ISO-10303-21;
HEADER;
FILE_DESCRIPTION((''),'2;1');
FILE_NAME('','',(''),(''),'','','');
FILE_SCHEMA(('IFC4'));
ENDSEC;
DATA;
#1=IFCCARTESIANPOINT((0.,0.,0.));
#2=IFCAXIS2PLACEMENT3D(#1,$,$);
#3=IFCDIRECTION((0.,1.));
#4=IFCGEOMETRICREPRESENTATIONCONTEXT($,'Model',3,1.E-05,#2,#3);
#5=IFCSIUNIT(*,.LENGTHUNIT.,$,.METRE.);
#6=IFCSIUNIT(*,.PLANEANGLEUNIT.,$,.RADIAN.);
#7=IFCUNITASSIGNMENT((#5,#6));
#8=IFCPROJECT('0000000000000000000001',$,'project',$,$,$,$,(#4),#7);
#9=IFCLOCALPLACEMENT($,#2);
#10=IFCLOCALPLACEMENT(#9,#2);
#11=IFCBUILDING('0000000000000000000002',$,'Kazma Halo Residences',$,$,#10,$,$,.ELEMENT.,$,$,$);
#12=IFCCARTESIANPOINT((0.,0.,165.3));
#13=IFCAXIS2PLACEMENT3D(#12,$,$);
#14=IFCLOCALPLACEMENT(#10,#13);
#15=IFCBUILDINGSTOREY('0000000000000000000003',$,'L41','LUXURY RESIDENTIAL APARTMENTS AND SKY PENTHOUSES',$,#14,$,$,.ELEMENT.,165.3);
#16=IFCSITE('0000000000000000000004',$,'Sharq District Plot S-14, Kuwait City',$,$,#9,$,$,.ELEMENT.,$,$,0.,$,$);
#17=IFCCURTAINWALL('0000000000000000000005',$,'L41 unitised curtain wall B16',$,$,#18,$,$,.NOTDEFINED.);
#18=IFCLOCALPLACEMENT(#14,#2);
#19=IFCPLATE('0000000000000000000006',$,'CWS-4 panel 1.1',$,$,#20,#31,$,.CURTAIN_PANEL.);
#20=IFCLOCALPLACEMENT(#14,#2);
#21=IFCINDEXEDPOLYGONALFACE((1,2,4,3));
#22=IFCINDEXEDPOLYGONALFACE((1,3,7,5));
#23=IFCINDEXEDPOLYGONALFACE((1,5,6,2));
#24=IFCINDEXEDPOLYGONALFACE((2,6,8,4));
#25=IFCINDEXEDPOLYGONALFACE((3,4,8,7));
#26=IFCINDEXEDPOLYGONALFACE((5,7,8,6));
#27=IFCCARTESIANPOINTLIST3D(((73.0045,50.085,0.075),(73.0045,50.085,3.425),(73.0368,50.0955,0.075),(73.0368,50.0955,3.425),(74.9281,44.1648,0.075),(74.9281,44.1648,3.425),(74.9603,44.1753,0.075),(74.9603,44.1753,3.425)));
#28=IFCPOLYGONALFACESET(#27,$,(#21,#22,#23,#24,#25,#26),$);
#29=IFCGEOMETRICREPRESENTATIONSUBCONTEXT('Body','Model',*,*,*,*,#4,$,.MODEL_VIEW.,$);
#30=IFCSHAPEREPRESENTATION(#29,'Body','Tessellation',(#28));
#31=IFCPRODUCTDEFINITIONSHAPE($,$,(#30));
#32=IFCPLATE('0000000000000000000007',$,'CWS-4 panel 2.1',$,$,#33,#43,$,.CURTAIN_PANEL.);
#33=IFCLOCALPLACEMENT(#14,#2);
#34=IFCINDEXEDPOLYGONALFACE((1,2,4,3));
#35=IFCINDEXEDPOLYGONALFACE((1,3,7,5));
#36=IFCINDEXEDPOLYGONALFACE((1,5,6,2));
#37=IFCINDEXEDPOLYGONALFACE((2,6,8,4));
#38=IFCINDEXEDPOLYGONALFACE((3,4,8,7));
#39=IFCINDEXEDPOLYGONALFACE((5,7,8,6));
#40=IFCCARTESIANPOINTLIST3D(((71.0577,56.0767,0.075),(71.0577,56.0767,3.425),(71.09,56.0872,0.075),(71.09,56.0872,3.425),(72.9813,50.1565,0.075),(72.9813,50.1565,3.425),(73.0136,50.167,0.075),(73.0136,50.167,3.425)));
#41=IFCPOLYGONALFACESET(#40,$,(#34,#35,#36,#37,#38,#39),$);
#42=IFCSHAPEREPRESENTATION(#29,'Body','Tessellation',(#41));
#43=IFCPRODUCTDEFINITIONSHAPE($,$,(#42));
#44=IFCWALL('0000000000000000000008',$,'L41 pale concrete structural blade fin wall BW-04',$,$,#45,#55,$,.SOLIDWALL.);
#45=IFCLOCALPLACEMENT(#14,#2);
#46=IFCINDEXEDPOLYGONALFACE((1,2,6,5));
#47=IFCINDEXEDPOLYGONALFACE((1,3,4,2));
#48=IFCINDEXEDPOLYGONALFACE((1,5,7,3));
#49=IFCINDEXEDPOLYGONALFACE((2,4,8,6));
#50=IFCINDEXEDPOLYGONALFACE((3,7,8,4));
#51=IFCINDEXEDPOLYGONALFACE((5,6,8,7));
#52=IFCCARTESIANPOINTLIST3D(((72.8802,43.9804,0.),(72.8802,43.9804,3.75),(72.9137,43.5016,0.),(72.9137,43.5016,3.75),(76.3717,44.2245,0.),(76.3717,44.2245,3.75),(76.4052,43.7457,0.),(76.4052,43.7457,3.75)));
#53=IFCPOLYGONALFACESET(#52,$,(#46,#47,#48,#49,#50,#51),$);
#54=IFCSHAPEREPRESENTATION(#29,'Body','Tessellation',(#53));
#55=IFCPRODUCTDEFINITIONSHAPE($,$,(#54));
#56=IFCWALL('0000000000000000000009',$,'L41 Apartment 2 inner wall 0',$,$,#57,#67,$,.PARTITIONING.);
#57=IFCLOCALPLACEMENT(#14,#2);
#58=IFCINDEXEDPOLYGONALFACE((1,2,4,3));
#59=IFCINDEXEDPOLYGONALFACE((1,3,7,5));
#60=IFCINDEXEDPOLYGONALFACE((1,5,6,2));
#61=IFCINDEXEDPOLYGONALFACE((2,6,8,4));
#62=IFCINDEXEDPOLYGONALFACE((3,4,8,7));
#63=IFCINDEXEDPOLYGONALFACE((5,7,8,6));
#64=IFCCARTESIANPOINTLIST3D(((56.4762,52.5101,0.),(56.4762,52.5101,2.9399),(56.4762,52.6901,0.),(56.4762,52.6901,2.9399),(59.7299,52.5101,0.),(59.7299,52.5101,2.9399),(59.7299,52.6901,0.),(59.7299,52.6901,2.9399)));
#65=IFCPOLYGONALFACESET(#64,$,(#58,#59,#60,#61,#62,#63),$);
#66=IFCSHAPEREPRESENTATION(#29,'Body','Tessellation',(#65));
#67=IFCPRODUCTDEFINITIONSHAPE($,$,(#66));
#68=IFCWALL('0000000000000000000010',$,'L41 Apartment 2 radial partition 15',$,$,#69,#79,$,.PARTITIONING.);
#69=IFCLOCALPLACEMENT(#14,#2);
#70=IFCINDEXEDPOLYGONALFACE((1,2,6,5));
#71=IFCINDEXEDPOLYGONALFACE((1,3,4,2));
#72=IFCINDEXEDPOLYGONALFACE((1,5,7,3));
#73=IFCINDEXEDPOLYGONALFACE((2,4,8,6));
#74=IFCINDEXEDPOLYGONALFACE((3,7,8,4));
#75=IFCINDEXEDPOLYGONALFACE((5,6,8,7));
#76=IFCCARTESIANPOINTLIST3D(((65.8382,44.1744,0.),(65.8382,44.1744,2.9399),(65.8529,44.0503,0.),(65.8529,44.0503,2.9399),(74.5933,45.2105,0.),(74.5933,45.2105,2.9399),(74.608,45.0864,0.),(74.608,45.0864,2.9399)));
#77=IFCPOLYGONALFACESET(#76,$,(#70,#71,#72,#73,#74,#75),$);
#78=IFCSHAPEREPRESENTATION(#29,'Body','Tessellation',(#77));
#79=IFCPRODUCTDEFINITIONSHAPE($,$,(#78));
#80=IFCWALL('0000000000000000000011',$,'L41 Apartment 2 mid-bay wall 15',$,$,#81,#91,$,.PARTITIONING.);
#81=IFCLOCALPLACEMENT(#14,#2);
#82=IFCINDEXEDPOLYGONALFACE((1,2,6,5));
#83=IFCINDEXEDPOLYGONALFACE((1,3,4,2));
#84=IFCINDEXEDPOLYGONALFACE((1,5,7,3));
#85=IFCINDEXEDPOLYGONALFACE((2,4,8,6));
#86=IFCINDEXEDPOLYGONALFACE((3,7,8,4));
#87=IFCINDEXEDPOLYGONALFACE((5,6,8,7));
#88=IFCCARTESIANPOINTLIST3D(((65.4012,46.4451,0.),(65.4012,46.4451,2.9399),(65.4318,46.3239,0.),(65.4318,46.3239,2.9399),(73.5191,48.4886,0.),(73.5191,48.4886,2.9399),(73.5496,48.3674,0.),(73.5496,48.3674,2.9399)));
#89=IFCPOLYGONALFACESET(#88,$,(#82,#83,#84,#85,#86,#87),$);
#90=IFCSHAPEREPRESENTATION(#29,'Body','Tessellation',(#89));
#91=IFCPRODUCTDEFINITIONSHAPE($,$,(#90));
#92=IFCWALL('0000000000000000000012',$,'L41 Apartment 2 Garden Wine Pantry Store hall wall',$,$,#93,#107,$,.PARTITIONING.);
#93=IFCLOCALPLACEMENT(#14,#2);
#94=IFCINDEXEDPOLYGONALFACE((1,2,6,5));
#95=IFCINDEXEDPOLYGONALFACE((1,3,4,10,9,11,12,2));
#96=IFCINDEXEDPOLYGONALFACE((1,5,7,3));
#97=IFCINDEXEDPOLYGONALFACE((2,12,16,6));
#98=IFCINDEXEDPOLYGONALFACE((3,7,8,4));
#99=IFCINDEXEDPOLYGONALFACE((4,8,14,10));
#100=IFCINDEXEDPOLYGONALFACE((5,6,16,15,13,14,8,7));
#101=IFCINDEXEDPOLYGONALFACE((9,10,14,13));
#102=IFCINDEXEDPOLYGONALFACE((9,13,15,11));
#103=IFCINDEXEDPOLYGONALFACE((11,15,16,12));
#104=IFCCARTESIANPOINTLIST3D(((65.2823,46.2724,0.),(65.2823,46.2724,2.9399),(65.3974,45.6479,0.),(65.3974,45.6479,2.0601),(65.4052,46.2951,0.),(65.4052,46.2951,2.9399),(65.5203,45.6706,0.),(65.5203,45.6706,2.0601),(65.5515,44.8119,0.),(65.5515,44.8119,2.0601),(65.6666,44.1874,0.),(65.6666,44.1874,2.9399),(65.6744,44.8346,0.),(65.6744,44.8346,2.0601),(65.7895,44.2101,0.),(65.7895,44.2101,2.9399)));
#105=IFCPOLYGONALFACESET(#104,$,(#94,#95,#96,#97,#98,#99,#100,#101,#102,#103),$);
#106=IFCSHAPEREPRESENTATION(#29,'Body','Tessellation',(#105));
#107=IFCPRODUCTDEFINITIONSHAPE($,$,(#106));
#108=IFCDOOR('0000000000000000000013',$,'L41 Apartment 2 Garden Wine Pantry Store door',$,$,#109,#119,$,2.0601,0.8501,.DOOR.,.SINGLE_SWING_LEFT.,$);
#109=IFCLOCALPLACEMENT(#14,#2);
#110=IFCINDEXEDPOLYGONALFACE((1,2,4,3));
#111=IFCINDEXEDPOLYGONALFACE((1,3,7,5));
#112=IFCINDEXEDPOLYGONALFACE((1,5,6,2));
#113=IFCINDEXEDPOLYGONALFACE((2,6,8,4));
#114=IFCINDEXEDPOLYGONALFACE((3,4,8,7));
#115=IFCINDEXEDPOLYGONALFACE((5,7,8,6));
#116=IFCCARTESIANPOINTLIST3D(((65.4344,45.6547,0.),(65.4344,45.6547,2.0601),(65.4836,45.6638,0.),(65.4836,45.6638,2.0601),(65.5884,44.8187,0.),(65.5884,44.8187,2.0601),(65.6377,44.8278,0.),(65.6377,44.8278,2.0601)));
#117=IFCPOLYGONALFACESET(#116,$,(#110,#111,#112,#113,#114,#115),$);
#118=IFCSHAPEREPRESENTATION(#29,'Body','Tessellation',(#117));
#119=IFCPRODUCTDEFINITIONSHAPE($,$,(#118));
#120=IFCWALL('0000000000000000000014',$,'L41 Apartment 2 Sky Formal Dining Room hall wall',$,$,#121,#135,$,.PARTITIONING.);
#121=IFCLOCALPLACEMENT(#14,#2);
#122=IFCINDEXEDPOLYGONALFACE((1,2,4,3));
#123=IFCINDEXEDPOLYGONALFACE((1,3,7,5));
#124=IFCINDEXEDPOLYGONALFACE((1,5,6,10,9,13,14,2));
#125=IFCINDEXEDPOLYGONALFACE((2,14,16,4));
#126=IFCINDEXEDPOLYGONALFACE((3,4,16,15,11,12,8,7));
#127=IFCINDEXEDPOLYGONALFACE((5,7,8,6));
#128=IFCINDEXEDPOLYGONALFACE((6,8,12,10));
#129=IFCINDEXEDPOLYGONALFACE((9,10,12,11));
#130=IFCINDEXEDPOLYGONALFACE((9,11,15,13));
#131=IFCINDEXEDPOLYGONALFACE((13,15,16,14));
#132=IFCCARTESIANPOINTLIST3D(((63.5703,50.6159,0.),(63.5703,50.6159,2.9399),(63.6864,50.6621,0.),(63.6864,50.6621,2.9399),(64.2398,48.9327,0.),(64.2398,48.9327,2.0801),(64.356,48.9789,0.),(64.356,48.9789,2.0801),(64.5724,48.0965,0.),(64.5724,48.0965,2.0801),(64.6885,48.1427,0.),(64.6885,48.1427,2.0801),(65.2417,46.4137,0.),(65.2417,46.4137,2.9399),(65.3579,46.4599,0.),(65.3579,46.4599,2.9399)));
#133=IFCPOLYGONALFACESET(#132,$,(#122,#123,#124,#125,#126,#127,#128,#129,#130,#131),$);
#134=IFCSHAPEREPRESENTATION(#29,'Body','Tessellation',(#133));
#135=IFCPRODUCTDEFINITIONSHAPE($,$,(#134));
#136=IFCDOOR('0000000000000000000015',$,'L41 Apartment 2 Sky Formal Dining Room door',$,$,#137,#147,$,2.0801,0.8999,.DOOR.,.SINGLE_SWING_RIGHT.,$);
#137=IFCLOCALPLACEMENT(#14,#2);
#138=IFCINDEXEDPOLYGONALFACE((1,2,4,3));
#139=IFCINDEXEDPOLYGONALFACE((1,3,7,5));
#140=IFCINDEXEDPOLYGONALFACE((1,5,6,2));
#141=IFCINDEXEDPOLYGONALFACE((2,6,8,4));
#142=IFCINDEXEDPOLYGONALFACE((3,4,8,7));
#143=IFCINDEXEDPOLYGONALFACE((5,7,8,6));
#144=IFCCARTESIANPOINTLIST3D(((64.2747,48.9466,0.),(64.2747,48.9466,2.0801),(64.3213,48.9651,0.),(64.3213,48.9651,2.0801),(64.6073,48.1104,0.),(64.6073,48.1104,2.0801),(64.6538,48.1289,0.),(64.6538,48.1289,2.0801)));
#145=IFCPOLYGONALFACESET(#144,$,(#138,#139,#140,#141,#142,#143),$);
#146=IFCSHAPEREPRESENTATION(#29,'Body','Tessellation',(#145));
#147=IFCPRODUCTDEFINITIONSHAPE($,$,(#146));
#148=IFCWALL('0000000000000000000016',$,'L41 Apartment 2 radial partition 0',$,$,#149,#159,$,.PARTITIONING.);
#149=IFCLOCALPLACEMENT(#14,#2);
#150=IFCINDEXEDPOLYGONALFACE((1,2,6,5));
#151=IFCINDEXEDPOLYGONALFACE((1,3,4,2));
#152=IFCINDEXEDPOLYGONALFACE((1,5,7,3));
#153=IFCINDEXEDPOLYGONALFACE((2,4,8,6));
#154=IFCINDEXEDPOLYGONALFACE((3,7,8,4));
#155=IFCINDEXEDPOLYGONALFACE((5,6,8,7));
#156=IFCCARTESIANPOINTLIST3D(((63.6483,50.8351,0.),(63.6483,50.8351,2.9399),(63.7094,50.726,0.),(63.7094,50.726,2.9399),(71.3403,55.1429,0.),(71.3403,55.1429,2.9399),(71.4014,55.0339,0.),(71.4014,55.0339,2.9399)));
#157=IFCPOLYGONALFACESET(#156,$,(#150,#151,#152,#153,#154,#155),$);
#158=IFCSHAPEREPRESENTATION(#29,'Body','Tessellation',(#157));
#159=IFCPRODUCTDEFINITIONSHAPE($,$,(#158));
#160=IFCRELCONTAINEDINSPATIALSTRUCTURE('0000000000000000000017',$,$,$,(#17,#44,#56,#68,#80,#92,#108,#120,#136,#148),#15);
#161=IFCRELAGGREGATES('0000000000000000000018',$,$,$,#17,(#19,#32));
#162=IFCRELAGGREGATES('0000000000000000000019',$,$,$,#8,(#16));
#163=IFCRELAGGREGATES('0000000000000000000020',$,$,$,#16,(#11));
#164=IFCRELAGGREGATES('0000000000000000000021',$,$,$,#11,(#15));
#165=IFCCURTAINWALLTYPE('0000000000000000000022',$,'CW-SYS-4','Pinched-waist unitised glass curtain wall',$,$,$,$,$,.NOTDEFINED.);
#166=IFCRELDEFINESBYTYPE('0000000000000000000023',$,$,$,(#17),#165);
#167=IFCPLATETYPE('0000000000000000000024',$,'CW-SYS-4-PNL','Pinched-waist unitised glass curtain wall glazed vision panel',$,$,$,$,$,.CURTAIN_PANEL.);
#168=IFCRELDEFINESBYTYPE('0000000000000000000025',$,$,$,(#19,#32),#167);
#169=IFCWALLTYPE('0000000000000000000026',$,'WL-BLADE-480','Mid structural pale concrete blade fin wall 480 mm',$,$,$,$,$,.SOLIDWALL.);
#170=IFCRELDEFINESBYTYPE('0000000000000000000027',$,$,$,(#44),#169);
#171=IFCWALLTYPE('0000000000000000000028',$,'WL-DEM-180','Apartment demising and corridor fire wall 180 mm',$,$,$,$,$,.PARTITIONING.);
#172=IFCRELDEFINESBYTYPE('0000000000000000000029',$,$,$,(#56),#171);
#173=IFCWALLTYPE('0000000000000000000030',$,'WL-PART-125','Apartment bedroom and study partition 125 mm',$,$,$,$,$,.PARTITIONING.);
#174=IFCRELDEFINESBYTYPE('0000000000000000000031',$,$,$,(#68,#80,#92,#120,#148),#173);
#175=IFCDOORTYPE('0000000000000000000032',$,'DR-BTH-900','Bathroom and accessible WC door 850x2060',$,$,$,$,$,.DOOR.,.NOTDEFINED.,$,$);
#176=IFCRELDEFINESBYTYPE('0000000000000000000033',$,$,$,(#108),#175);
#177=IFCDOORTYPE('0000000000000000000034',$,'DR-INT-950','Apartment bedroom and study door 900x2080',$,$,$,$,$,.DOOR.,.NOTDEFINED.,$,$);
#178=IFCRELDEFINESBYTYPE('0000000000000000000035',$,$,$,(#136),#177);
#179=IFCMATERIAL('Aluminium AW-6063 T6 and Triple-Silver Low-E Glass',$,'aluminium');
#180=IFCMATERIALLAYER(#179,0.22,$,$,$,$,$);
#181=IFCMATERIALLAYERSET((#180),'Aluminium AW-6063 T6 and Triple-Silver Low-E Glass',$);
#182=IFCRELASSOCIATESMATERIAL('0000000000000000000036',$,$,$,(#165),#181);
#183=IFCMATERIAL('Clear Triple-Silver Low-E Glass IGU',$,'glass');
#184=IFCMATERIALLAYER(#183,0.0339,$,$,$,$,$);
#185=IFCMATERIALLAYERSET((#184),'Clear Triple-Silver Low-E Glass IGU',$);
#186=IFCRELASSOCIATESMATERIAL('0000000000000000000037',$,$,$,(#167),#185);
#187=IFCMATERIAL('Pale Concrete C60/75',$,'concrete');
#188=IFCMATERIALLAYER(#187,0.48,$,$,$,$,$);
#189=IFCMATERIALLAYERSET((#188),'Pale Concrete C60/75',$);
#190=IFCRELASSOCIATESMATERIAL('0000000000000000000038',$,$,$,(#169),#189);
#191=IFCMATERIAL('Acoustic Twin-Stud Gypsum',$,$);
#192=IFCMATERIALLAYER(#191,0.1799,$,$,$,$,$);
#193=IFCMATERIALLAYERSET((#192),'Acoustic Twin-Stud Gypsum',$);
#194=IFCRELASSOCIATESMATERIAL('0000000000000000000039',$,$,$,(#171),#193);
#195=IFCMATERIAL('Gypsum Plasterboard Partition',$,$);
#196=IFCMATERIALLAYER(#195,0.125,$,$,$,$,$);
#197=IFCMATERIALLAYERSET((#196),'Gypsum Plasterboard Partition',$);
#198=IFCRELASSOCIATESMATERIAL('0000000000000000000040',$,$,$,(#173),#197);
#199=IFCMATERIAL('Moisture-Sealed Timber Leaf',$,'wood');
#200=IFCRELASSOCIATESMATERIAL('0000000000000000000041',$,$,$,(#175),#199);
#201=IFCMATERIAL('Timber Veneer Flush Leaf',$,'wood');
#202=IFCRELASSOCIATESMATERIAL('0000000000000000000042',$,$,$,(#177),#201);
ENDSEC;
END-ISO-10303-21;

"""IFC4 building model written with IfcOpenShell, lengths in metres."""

from ifc_helpers import new_model, si_unit, direction, frame, frame_2d, origin, origin_2d, place, context, subcontext, project, spatial, rectangle, extrude, material, layer, layer_set, type_object, element, fill, aggregate, save


model = new_model("IFC4")

# Units and contexts
model_context = context("Model", 3, precision=1e-05, world=origin(), true_north=direction((0.0, 1.0)))
body_context = subcontext(model_context, "Body", "Model", "MODEL_VIEW")
ifc_project = project(units=[si_unit("LENGTHUNIT", "METRE"), si_unit("PLANEANGLEUNIT", "RADIAN")], contexts=[model_context])

# Site, building, storey
site_placement = place(None, origin())
site = spatial("IfcSite", under=ifc_project, at=site_placement, Name="Sharq District Plot S-14, Kuwait City", CompositionType="ELEMENT", RefElevation=0.0)
building_placement = place(site_placement, origin())
building = spatial("IfcBuilding", under=site, at=building_placement, Name="Kazma Halo Residences", CompositionType="ELEMENT")
storey_placement = place(building_placement, frame((0.0, 0.0, 165.3)))
storey = spatial("IfcBuildingStorey", under=building, at=storey_placement, Name="L41", Description="LUXURY RESIDENTIAL APARTMENTS AND SKY PENTHOUSES", CompositionType="ELEMENT", Elevation=165.3)

# Shared definitions
ifc_material_1 = material(Name="Aluminium AW-6063 T6 and Triple-Silver Low-E Glass", Category="aluminium")
ifc_layer_1 = layer(ifc_material_1, 0.22)
ifc_layer_set_1 = layer_set([ifc_layer_1], Name="Aluminium AW-6063 T6 and Triple-Silver Low-E Glass")
curtain_wall_type = type_object("IfcCurtainWallType", Name="CW-SYS-4", Description="Pinched-waist unitised glass curtain wall", PredefinedType="NOTDEFINED", material=ifc_layer_set_1)

# Curtain wall, plates
curtain_wall_1_placement = place(storey_placement, origin())
curtain_wall_1 = element("IfcCurtainWall", 1, at=curtain_wall_1_placement, inside=storey, type_object=curtain_wall_type, Name="L41 unitised curtain wall B16", PredefinedType="NOTDEFINED")
ifc_material_2 = material(Name="Clear Triple-Silver Low-E Glass IGU", Category="glass")
ifc_layer_2 = layer(ifc_material_2, 0.0339)
ifc_layer_set_2 = layer_set([ifc_layer_2], Name="Clear Triple-Silver Low-E Glass IGU")
plate_type = type_object("IfcPlateType", Name="CW-SYS-4-PNL", Description="Pinched-waist unitised glass curtain wall glazed vision panel", PredefinedType="CURTAIN_PANEL", material=ifc_layer_set_2)
plate_1_placement = place(storey_placement, frame((73.9824, 47.1301, 0.075), z_axis=(0.0, 0.0, 1.0), x_axis=(-0.309014, 0.951058, 0.0)))
plate_1 = element("IfcPlate", 2, at=plate_1_placement, type_object=plate_type, Name="CWS-4 panel 1.1", PredefinedType="CURTAIN_PANEL", context=body_context, shape_type="SweptSolid", body=[
    extrude(rectangle(XDim=6.2249, YDim=0.0339, at=origin_2d()), origin(), (0.0, 0.0, 1.0), 3.3501),
])
plate_2_placement = place(storey_placement, frame((72.0356, 53.1218, 0.075), z_axis=(0.0, 0.0, 1.0), x_axis=(-0.309014, 0.951058, 0.0)))
plate_2 = element("IfcPlate", 3, at=plate_2_placement, type_object=plate_type, Name="CWS-4 panel 2.1", PredefinedType="CURTAIN_PANEL", context=body_context, shape_type="SweptSolid", body=[
    extrude(rectangle(XDim=6.2249, YDim=0.0339, at=origin_2d()), origin(), (0.0, 0.0, 1.0), 3.3501),
])
aggregate(curtain_wall_1, [plate_1, plate_2])

# Walls
ifc_material_3 = material(Name="Pale Concrete C60/75", Category="concrete")
ifc_layer_3 = layer(ifc_material_3, 0.48)
ifc_layer_set_3 = layer_set([ifc_layer_3], Name="Pale Concrete C60/75")
wall_type_1 = type_object("IfcWallType", Name="WL-BLADE-480", Description="Mid structural pale concrete blade fin wall 480 mm", PredefinedType="SOLIDWALL", material=ifc_layer_set_3)
wall_1_placement = place(storey_placement, frame((72.897, 43.741, 0.0), z_axis=(0.0, 0.0, 1.0), x_axis=(0.997564, 0.069755, 0.0)))
element("IfcWall", 4, at=wall_1_placement, inside=storey, type_object=wall_type_1, Name="L41 pale concrete structural blade fin wall BW-04", PredefinedType="SOLIDWALL", context=body_context, shape_type="SweptSolid", body=[
    extrude(rectangle(XDim=3.5, YDim=0.48, at=frame_2d((1.75, 0.0))), origin(), (0.0, 0.0, 1.0), 3.75),
])
ifc_material_4 = material(Name="Acoustic Twin-Stud Gypsum")
ifc_layer_4 = layer(ifc_material_4, 0.1799)
ifc_layer_set_4 = layer_set([ifc_layer_4], Name="Acoustic Twin-Stud Gypsum")
wall_type_2 = type_object("IfcWallType", Name="WL-DEM-180", Description="Apartment demising and corridor fire wall 180 mm", PredefinedType="PARTITIONING", material=ifc_layer_set_4)
wall_2_placement = place(storey_placement, frame((59.73, 52.6001, 0.0), z_axis=(0.0, 0.0, 1.0), x_axis=(-1.0, 0.0, 0.0)))
element("IfcWall", 5, at=wall_2_placement, inside=storey, type_object=wall_type_2, Name="L41 Apartment 2 inner wall 0", PredefinedType="PARTITIONING", context=body_context, shape_type="SweptSolid", body=[
    extrude(rectangle(XDim=3.2537, YDim=0.1799, at=frame_2d((1.627, 0.0))), origin(), (0.0, 0.0, 1.0), 2.9399),
])
ifc_material_5 = material(Name="Gypsum Plasterboard Partition")
ifc_layer_5 = layer(ifc_material_5, 0.125)
ifc_layer_set_5 = layer_set([ifc_layer_5], Name="Gypsum Plasterboard Partition")
wall_type_3 = type_object("IfcWallType", Name="WL-PART-125", Description="Apartment bedroom and study partition 125 mm", PredefinedType="PARTITIONING", material=ifc_layer_set_5)
wall_3_placement = place(storey_placement, frame((65.8455, 44.1123, 0.0), z_axis=(0.0, 0.0, 1.0), x_axis=(0.99307, 0.117526, 0.0)))
element("IfcWall", 6, at=wall_3_placement, inside=storey, type_object=wall_type_3, Name="L41 Apartment 2 radial partition 15", PredefinedType="PARTITIONING", context=body_context, shape_type="SweptSolid", body=[
    extrude(rectangle(XDim=8.8162, YDim=0.125, at=frame_2d((4.4082, 0.0))), origin(), (0.0, 0.0, 1.0), 2.9399),
])
wall_4_placement = place(storey_placement, frame((65.4165, 46.3845, 0.0), z_axis=(0.0, 0.0, 1.0), x_axis=(0.969748, 0.244107, 0.0)))
element("IfcWall", 7, at=wall_4_placement, inside=storey, type_object=wall_type_3, Name="L41 Apartment 2 mid-bay wall 15", PredefinedType="PARTITIONING", context=body_context, shape_type="SweptSolid", body=[
    extrude(rectangle(XDim=8.3711, YDim=0.125, at=frame_2d((4.1855, 0.0))), origin(), (0.0, 0.0, 1.0), 2.9399),
])

# Walls, openings, doors
wall_5_placement = place(storey_placement, frame((65.728, 44.1987, 0.0), z_axis=(0.0, 0.0, 1.0), x_axis=(-0.181256, 0.983436, 0.0)))
wall_5 = element("IfcWall", 8, at=wall_5_placement, inside=storey, type_object=wall_type_3, Name="L41 Apartment 2 Garden Wine Pantry Store hall wall", PredefinedType="PARTITIONING", context=body_context, shape_type="SweptSolid", body=[
    extrude(rectangle(XDim=2.1201, YDim=0.125, at=frame_2d((1.0601, 0.0))), origin(), (0.0, 0.0, 1.0), 2.9399),
])
opening_1_placement = place(wall_5_placement, frame((0.635, 0.0, 0.0)))
opening_1 = element("IfcOpeningElement", 9, at=opening_1_placement, cuts=wall_5, PredefinedType="OPENING", context=body_context, shape_type="SweptSolid", body=[
    extrude(rectangle(XDim=0.8501, YDim=2.0601, at=frame_2d((0.425, 1.03))), frame((0.0, 0.0725, 0.0), z_axis=(0.0, -1.0, 0.0), x_axis=(1.0, 0.0, 0.0)), (0.0, 0.0, 1.0), 0.145),
])
ifc_material_6 = material(Name="Moisture-Sealed Timber Leaf", Category="wood")
door_type_1 = type_object("IfcDoorType", Name="DR-BTH-900", Description="Bathroom and accessible WC door 850x2060", OperationType="NOTDEFINED", PredefinedType="DOOR", material=ifc_material_6)
door_1_placement = place(opening_1_placement, origin())
door_1 = element("IfcDoor", 10, at=door_1_placement, inside=storey, type_object=door_type_1, Name="L41 Apartment 2 Garden Wine Pantry Store door", OperationType="SINGLE_SWING_LEFT", OverallHeight=2.0601, OverallWidth=0.8501, PredefinedType="DOOR", context=body_context, shape_type="SweptSolid", body=[
    extrude(rectangle(XDim=0.8501, YDim=2.0601, at=frame_2d((0.425, 1.03))), frame((0.0, 0.0249, 0.0), z_axis=(0.0, -1.0, 0.0), x_axis=(1.0, 0.0, 0.0)), (0.0, 0.0, 1.0), 0.05),
])
fill(opening_1, door_1)
wall_6_placement = place(storey_placement, frame((65.2998, 46.4368, 0.0), z_axis=(0.0, 0.0, 1.0), x_axis=(-0.369584, 0.929197, 0.0)))
wall_6 = element("IfcWall", 11, at=wall_6_placement, inside=storey, type_object=wall_type_3, Name="L41 Apartment 2 Sky Formal Dining Room hall wall", PredefinedType="PARTITIONING", context=body_context, shape_type="SweptSolid", body=[
    extrude(rectangle(XDim=4.5225, YDim=0.125, at=frame_2d((2.2612, 0.0))), origin(), (0.0, 0.0, 1.0), 2.9399),
])
opening_2_placement = place(wall_6_placement, frame((1.811, 0.0, 0.0)))
opening_2 = element("IfcOpeningElement", 12, at=opening_2_placement, cuts=wall_6, PredefinedType="OPENING", context=body_context, shape_type="SweptSolid", body=[
    extrude(rectangle(XDim=0.8999, YDim=2.0801, at=frame_2d((0.45, 1.04))), frame((0.0, 0.0725, 0.0), z_axis=(0.0, -1.0, 0.0), x_axis=(1.0, 0.0, 0.0)), (0.0, 0.0, 1.0), 0.145),
])
ifc_material_7 = material(Name="Timber Veneer Flush Leaf", Category="wood")
door_type_2 = type_object("IfcDoorType", Name="DR-INT-950", Description="Apartment bedroom and study door 900x2080", OperationType="NOTDEFINED", PredefinedType="DOOR", material=ifc_material_7)
door_2_placement = place(opening_2_placement, origin())
door_2 = element("IfcDoor", 13, at=door_2_placement, inside=storey, type_object=door_type_2, Name="L41 Apartment 2 Sky Formal Dining Room door", OperationType="SINGLE_SWING_RIGHT", OverallHeight=2.0801, OverallWidth=0.8999, PredefinedType="DOOR", context=body_context, shape_type="SweptSolid", body=[
    extrude(rectangle(XDim=0.8999, YDim=2.0801, at=frame_2d((0.45, 1.04))), frame((0.0, 0.0249, 0.0), z_axis=(0.0, -1.0, 0.0), x_axis=(1.0, 0.0, 0.0)), (0.0, 0.0, 1.0), 0.05),
])
fill(opening_2, door_2)

# Wall
wall_7_placement = place(storey_placement, frame((63.6787, 50.7805, 0.0), z_axis=(0.0, 0.0, 1.0), x_axis=(0.872493, 0.488626, 0.0)))
element("IfcWall", 14, at=wall_7_placement, inside=storey, type_object=wall_type_3, Name="L41 Apartment 2 radial partition 0", PredefinedType="PARTITIONING", context=body_context, shape_type="SweptSolid", body=[
    extrude(rectangle(XDim=8.8162, YDim=0.125, at=frame_2d((4.4082, 0.0))), origin(), (0.0, 0.0, 1.0), 2.9399),
])

save(model, "model.ifc")
